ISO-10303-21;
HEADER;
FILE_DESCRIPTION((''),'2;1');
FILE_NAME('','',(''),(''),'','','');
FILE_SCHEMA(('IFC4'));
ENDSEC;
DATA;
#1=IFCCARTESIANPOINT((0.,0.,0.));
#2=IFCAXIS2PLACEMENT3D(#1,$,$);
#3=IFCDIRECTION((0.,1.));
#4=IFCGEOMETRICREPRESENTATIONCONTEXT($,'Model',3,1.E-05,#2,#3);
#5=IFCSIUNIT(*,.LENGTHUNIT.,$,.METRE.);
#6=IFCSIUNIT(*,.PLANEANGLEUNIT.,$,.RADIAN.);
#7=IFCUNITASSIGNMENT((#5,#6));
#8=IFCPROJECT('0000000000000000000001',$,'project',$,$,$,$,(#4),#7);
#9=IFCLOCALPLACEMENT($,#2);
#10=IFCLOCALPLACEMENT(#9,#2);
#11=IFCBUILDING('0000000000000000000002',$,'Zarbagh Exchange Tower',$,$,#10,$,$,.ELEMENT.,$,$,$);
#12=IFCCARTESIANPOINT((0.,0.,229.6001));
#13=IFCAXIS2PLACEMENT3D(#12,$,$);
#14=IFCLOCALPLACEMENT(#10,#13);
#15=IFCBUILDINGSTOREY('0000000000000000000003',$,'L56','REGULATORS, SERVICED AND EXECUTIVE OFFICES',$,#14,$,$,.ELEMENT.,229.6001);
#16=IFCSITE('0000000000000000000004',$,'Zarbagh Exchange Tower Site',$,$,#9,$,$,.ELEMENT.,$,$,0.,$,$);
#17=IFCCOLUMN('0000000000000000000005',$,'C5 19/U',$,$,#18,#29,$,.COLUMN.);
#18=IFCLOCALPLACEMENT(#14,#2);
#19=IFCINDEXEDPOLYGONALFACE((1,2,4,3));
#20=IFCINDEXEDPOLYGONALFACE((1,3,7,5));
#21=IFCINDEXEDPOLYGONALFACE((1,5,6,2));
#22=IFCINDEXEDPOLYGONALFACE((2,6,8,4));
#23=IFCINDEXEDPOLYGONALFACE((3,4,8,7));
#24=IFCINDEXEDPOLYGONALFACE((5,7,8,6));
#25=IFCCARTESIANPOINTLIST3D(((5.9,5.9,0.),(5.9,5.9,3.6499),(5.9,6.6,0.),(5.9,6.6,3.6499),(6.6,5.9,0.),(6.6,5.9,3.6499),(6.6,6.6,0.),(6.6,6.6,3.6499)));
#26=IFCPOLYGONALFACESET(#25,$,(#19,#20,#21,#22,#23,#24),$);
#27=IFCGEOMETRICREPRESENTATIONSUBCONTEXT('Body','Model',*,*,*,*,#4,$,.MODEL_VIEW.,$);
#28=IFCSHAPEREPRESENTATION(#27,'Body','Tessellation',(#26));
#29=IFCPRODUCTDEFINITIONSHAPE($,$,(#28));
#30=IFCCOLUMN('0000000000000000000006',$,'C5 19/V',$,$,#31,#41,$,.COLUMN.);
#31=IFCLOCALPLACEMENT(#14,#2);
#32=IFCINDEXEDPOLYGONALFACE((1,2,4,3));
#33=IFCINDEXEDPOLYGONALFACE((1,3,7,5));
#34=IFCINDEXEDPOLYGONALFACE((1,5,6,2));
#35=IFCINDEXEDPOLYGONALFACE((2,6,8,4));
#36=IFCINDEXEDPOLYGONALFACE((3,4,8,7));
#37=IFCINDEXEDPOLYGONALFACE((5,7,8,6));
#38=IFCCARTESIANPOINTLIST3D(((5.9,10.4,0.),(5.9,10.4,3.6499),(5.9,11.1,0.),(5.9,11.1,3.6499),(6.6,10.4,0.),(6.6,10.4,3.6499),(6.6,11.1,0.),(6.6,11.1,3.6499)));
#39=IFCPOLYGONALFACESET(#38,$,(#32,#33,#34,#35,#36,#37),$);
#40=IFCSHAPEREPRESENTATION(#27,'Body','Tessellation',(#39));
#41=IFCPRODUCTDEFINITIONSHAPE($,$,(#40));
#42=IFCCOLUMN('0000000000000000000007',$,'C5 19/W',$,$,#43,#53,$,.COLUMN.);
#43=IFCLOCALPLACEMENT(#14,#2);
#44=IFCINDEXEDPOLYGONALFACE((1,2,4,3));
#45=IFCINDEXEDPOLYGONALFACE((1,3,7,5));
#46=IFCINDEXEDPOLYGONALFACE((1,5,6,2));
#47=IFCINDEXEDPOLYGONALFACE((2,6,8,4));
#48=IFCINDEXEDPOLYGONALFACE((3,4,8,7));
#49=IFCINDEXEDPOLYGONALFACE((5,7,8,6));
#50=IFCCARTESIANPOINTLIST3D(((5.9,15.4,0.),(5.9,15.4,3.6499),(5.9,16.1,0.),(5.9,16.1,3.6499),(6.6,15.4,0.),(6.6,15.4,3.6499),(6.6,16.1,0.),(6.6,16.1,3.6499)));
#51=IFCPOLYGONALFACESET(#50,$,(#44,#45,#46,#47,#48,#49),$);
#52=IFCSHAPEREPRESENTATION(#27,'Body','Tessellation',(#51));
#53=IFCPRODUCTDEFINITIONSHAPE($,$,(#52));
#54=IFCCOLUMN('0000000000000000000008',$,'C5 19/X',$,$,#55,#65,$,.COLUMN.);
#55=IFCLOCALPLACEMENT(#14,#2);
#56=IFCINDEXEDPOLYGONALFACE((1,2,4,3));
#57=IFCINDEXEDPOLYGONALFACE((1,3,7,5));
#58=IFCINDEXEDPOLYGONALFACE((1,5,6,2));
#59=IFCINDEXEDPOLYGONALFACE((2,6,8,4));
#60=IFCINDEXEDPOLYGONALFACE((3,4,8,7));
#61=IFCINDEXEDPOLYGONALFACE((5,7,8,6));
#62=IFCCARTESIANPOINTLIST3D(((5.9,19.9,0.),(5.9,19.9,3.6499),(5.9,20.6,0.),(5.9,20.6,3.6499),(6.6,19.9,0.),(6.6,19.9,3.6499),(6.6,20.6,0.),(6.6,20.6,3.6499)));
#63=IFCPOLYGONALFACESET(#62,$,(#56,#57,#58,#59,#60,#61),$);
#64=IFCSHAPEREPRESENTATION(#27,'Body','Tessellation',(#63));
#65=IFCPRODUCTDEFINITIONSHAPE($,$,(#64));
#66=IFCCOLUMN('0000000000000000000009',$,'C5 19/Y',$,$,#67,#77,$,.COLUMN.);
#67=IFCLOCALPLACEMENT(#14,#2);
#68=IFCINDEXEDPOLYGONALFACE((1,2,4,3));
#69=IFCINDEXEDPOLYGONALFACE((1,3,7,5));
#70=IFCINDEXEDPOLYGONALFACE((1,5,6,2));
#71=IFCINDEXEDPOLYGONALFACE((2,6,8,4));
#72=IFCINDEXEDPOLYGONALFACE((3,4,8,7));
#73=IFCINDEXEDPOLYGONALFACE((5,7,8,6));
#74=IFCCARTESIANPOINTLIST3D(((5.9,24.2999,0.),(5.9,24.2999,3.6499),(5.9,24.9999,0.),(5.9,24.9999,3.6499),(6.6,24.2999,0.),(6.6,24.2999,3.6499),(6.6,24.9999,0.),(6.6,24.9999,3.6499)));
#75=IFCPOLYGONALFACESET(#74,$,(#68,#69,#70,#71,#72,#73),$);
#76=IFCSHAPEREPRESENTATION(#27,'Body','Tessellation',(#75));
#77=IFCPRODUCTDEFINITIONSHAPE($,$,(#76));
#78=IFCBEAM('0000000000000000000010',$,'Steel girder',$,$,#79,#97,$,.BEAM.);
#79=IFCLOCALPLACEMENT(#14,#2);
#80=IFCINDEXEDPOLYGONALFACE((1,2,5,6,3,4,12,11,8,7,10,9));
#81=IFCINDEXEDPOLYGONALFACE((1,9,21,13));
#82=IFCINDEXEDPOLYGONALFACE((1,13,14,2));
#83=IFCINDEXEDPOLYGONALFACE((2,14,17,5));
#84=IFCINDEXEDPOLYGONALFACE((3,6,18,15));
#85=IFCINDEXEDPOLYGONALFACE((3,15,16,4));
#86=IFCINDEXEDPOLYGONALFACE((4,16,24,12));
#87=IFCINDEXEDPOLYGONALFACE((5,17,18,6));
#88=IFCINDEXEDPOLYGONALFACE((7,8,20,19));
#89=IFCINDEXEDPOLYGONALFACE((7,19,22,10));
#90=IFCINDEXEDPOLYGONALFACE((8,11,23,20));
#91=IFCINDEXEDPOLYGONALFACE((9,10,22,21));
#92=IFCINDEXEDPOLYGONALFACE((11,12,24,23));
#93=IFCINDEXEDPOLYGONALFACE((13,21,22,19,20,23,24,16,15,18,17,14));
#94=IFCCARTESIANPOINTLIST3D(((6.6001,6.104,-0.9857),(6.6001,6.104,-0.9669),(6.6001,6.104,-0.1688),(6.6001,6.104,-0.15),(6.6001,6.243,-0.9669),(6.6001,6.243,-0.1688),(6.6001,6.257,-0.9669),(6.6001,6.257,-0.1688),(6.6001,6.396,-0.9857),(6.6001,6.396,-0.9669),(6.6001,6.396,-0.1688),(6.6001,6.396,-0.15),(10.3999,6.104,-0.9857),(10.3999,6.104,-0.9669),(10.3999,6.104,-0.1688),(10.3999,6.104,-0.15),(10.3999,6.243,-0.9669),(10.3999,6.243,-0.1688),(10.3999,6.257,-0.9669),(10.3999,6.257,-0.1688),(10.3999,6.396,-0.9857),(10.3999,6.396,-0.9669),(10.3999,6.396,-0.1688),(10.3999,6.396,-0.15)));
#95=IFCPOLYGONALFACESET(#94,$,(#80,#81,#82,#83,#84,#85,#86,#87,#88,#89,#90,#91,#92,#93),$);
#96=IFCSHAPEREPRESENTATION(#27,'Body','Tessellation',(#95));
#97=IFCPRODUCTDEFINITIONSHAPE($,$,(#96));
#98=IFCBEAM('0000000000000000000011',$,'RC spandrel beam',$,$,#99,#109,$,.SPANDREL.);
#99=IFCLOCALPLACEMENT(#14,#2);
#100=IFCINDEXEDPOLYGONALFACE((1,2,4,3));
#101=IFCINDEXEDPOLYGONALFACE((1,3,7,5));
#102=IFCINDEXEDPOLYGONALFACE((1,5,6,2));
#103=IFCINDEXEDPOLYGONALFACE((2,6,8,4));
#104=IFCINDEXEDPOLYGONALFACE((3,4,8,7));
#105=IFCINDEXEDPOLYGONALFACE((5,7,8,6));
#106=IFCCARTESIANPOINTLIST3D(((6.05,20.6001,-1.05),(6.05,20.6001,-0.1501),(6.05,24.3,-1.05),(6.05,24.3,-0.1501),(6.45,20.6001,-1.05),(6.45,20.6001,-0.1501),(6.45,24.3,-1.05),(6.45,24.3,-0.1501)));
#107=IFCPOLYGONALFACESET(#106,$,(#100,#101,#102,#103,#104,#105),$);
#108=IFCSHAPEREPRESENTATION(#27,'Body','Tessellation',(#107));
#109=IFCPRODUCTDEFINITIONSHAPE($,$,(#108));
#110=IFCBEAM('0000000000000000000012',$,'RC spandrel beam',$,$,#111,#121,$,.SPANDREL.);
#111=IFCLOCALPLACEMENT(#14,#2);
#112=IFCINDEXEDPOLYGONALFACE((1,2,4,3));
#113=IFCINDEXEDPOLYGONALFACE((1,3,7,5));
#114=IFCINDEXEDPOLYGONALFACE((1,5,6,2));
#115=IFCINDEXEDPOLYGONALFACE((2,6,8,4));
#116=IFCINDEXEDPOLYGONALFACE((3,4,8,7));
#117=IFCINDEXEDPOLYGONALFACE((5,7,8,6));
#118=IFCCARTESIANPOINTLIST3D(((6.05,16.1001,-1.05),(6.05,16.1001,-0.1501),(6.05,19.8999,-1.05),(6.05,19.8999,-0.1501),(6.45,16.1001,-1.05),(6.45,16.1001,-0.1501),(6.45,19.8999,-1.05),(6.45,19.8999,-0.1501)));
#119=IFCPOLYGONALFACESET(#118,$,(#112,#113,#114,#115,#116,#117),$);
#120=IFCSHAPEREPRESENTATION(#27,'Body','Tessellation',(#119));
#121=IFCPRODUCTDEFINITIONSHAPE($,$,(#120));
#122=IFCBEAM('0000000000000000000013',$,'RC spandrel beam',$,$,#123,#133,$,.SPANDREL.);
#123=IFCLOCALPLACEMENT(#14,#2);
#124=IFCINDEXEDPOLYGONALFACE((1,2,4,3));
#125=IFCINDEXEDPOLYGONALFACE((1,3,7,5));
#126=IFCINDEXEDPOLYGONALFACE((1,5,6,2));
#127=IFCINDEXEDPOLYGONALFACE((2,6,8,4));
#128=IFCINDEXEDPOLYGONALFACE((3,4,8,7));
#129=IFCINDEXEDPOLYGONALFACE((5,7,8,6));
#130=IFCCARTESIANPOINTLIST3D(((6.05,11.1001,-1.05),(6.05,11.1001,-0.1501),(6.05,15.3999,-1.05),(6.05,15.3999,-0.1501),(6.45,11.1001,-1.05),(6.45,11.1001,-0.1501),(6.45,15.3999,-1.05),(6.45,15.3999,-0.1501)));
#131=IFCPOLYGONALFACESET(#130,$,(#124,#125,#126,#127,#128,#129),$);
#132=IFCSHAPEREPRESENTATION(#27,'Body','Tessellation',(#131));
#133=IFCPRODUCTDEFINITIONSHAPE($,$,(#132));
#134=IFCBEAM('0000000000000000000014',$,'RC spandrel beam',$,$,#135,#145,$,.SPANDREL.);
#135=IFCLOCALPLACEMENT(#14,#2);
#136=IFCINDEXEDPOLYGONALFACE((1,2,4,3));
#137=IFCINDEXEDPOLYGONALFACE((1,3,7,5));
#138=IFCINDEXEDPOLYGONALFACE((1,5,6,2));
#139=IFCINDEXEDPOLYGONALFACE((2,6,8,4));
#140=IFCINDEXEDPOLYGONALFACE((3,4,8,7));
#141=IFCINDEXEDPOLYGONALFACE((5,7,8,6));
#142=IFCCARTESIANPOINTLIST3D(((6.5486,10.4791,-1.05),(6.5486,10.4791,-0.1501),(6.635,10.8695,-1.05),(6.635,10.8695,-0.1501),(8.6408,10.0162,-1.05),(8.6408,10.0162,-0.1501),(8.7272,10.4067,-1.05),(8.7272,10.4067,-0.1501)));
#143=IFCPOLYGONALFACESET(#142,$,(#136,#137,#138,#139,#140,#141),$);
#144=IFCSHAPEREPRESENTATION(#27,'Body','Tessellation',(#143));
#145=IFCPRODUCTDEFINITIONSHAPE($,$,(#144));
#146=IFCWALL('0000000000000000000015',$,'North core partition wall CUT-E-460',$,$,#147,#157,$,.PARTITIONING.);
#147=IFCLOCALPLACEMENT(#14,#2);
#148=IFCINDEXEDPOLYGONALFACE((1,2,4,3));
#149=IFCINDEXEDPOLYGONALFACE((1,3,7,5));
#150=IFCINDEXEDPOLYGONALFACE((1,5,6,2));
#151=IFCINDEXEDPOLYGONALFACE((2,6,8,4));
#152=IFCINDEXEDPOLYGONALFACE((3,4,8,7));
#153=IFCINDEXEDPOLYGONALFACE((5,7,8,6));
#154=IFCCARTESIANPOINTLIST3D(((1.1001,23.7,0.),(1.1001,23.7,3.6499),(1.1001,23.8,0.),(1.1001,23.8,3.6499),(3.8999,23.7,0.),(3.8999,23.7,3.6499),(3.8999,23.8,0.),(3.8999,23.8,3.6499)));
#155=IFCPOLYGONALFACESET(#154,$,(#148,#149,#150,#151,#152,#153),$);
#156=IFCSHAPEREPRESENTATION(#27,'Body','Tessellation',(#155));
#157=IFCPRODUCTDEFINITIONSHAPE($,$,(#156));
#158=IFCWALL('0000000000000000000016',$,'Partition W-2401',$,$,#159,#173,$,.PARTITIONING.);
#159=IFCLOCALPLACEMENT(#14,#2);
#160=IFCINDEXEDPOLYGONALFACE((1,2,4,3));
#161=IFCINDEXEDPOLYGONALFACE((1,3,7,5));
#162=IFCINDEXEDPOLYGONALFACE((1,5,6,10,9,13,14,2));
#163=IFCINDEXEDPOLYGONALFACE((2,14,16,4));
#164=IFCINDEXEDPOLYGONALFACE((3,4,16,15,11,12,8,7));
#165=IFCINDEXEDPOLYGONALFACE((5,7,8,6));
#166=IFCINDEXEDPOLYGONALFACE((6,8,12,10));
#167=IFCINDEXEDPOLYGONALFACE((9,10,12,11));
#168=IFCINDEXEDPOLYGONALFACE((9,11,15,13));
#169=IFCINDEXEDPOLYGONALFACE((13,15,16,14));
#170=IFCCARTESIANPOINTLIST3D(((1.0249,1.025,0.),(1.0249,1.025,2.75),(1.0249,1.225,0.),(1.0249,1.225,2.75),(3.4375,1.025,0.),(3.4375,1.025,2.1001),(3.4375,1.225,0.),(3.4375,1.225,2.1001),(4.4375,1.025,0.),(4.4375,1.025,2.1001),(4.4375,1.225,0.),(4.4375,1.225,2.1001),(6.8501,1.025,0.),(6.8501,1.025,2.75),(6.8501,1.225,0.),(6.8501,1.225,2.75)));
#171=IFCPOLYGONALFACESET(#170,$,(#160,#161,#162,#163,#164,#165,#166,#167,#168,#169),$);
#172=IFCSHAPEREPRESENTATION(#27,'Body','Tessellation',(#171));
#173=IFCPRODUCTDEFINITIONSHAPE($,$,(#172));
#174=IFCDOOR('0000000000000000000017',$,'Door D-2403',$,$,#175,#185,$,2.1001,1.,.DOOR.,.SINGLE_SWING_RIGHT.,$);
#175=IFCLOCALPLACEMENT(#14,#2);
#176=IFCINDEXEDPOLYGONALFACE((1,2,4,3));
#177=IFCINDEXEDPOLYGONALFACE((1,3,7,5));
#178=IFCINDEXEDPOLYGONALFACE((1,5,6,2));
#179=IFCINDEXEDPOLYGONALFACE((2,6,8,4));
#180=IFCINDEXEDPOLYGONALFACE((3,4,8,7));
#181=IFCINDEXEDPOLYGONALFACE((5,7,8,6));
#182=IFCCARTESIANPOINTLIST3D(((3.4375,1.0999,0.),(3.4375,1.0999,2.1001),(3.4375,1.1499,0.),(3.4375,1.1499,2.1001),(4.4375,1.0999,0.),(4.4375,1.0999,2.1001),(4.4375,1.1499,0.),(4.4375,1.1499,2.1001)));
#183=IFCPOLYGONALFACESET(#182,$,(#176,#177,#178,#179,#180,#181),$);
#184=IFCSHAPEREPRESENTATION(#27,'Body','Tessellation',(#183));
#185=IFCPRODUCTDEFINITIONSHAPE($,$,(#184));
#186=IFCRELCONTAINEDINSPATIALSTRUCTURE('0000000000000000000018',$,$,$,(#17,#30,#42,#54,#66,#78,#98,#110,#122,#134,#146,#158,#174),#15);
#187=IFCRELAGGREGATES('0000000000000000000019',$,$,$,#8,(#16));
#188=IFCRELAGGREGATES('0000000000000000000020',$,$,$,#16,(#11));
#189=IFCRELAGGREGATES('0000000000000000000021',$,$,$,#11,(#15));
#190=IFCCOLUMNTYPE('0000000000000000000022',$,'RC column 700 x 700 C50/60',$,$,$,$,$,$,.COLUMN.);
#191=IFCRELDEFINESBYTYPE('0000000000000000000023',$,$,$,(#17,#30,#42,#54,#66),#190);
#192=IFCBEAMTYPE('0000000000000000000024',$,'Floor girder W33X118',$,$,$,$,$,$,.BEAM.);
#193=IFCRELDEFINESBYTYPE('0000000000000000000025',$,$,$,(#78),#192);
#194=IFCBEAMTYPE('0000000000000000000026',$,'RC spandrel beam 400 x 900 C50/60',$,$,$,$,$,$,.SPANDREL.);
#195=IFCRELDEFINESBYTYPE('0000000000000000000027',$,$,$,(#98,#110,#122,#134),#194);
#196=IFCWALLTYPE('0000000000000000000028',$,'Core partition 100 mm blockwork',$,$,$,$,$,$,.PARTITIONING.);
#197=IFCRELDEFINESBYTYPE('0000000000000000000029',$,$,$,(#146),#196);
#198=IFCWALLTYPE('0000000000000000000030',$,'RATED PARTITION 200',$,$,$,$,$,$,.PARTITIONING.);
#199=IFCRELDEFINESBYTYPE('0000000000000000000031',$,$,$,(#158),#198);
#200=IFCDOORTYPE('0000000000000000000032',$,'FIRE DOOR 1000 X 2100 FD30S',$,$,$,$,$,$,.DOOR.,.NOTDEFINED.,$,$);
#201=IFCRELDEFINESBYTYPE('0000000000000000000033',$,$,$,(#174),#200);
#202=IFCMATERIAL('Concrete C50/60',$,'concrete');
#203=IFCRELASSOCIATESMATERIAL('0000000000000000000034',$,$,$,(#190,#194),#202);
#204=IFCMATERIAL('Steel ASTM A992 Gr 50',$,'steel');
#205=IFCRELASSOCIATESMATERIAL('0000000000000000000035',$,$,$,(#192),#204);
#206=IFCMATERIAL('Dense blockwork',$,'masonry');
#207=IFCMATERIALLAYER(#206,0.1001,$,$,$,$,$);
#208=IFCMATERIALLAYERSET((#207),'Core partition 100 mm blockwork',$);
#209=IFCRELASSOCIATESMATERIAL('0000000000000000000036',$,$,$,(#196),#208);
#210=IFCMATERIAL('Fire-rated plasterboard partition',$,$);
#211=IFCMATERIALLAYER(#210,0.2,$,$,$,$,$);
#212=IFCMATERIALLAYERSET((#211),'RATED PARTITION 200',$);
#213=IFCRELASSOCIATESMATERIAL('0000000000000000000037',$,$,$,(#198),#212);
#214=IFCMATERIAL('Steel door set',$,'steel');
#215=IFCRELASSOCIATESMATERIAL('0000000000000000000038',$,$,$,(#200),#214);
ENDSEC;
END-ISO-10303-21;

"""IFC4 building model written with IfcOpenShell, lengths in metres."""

from ifc_helpers import new_model, si_unit, direction, frame, frame_2d, origin, origin_2d, place, context, subcontext, project, spatial, rectangle, i_section, extrude, material, layer, layer_set, material_profile, profile_set, type_object, element, fill, save


model = new_model("IFC4")

# Units and contexts
model_context = context("Model", 3, precision=1e-05, world=origin(), true_north=direction((0.0, 1.0)))
body_context = subcontext(model_context, "Body", "Model", "MODEL_VIEW")
ifc_project = project(units=[si_unit("LENGTHUNIT", "METRE"), si_unit("PLANEANGLEUNIT", "RADIAN")], contexts=[model_context])

# Site, building, storey
site_placement = place(None, origin())
site = spatial("IfcSite", under=ifc_project, at=site_placement, Name="Zarbagh Exchange Tower Site", CompositionType="ELEMENT", RefElevation=0.0)
building_placement = place(site_placement, origin())
building = spatial("IfcBuilding", under=site, at=building_placement, Name="Zarbagh Exchange Tower", CompositionType="ELEMENT")
storey_placement = place(building_placement, frame((0.0, 0.0, 229.6001)))
storey = spatial("IfcBuildingStorey", under=building, at=storey_placement, Name="L56", Description="REGULATORS, SERVICED AND EXECUTIVE OFFICES", CompositionType="ELEMENT", Elevation=229.6001)

# Columns
ifc_material_1 = material(Name="Concrete C50/60", Category="concrete")
ifc_material_profile_1 = material_profile(ifc_material_1, rectangle(XDim=0.7, YDim=0.7, at=origin_2d()), Name="RC column 700 x 700 C50/60")
ifc_profile_set_1 = profile_set([ifc_material_profile_1], Name="Concrete C50/60")
column_type = type_object("IfcColumnType", Name="RC column 700 x 700 C50/60", PredefinedType="COLUMN", material=ifc_profile_set_1)
for number, where, z_axis, x_axis, name in (
    (1, (6.25, 6.25, 0.0), (0.0, 0.0, 1.0), (1.0, 0.0, 0.0), "C5 19/U"),
    (2, (6.25, 10.75, 0.0), (0.0, 0.0, 1.0), (1.0, 0.0, 0.0), "C5 19/V"),
    (3, (6.25, 15.75, 0.0), (0.0, 0.0, 1.0), (1.0, 0.0, 0.0), "C5 19/W"),
    (4, (6.25, 20.25, 0.0), (0.0, 0.0, 1.0), (1.0, 0.0, 0.0), "C5 19/X"),
    (5, (6.25, 24.6499, 0.0), (0.0, 0.0, 1.0), (1.0, 0.0, 0.0), "C5 19/Y"),
):
    element("IfcColumn", number, at=place(storey_placement, frame(where, z_axis=z_axis, x_axis=x_axis)), inside=storey, type_object=column_type, Name=name, PredefinedType="COLUMN", context=body_context, shape_type="SweptSolid", body=[
        extrude(rectangle(XDim=0.7, YDim=0.7, at=origin_2d()), origin(), (0.0, 0.0, 1.0), 3.6499),
    ])

# Beams
ifc_material_2 = material(Name="Steel ASTM A992 Gr 50", Category="steel")
ifc_material_profile_2 = material_profile(ifc_material_2, i_section(OverallWidth=0.292, OverallDepth=0.8357, WebThickness=0.0139, FlangeThickness=0.0188, at=origin_2d()), Name="W33X118")
ifc_profile_set_2 = profile_set([ifc_material_profile_2], Name="Steel ASTM A992 Gr 50")
beam_type_1 = type_object("IfcBeamType", Name="Floor girder W33X118", PredefinedType="BEAM", material=ifc_profile_set_2)
beam_1_placement = place(storey_placement, frame((6.6001, 6.25, -0.5679), z_axis=(1.0, 0.0, 0.0), x_axis=(0.0, 1.0, 0.0)))
element("IfcBeam", 6, at=beam_1_placement, inside=storey, type_object=beam_type_1, Name="Steel girder", PredefinedType="BEAM", context=body_context, shape_type="SweptSolid", body=[
    extrude(i_section(OverallWidth=0.292, OverallDepth=0.8357, WebThickness=0.0139, FlangeThickness=0.0188, at=origin_2d()), origin(), (0.0, 0.0, 1.0), 3.7998),
])
ifc_material_profile_3 = material_profile(ifc_material_1, rectangle(XDim=0.3999, YDim=0.8999, at=origin_2d()), Name="RC spandrel beam 400 x 900 C50/60")
ifc_profile_set_3 = profile_set([ifc_material_profile_3], Name="Concrete C50/60")
beam_type_2 = type_object("IfcBeamType", Name="RC spandrel beam 400 x 900 C50/60", PredefinedType="SPANDREL", material=ifc_profile_set_3)
beam_2_placement = place(storey_placement, frame((6.25, 24.3, -0.6001), z_axis=(0.0, -1.0, 0.0), x_axis=(1.0, 0.0, 0.0)))
element("IfcBeam", 7, at=beam_2_placement, inside=storey, type_object=beam_type_2, Name="RC spandrel beam", PredefinedType="SPANDREL", context=body_context, shape_type="SweptSolid", body=[
    extrude(rectangle(XDim=0.3999, YDim=0.8999, at=origin_2d()), origin(), (0.0, 0.0, 1.0), 3.7),
])
beam_3_placement = place(storey_placement, frame((6.25, 19.8999, -0.6001), z_axis=(0.0, -1.0, 0.0), x_axis=(1.0, 0.0, 0.0)))
element("IfcBeam", 8, at=beam_3_placement, inside=storey, type_object=beam_type_2, Name="RC spandrel beam", PredefinedType="SPANDREL", context=body_context, shape_type="SweptSolid", body=[
    extrude(rectangle(XDim=0.3999, YDim=0.8999, at=origin_2d()), origin(), (0.0, 0.0, 1.0), 3.7998),
])
beam_4_placement = place(storey_placement, frame((6.25, 15.3999, -0.6001), z_axis=(0.0, -1.0, 0.0), x_axis=(1.0, 0.0, 0.0)))
element("IfcBeam", 9, at=beam_4_placement, inside=storey, type_object=beam_type_2, Name="RC spandrel beam", PredefinedType="SPANDREL", context=body_context, shape_type="SweptSolid", body=[
    extrude(rectangle(XDim=0.3999, YDim=0.8999, at=origin_2d()), origin(), (0.0, 0.0, 1.0), 4.2998),
])
beam_5_placement = place(storey_placement, frame((6.5918, 10.6743, -0.6001), z_axis=(0.97639, -0.216014, 0.0), x_axis=(0.216014, 0.97639, 0.0)))
element("IfcBeam", 10, at=beam_5_placement, inside=storey, type_object=beam_type_2, Name="RC spandrel beam", PredefinedType="SPANDREL", context=body_context, shape_type="SweptSolid", body=[
    extrude(rectangle(XDim=0.3999, YDim=0.8999, at=origin_2d()), origin(), (0.0, 0.0, 1.0), 2.1428),
])

# Wall
ifc_material_3 = material(Name="Dense blockwork", Category="masonry")
ifc_layer_1 = layer(ifc_material_3, 0.1001)
ifc_layer_set_1 = layer_set([ifc_layer_1], Name="Core partition 100 mm blockwork")
wall_type_1 = type_object("IfcWallType", Name="Core partition 100 mm blockwork", PredefinedType="PARTITIONING", material=ifc_layer_set_1)
wall_1_placement = place(storey_placement, frame((1.1001, 23.75, 0.0), z_axis=(0.0, 0.0, 1.0), x_axis=(1.0, 0.0, 0.0)))
element("IfcWall", 11, at=wall_1_placement, inside=storey, type_object=wall_type_1, Name="North core partition wall CUT-E-460", PredefinedType="PARTITIONING", context=body_context, shape_type="SweptSolid", body=[
    extrude(rectangle(XDim=2.7998, YDim=0.1001, at=frame_2d((1.3999, 0.0))), origin(), (0.0, 0.0, 1.0), 3.6499),
])

# Wall, opening, door
ifc_material_4 = material(Name="Fire-rated plasterboard partition")
ifc_layer_2 = layer(ifc_material_4, 0.2)
ifc_layer_set_2 = layer_set([ifc_layer_2], Name="RATED PARTITION 200")
wall_type_2 = type_object("IfcWallType", Name="RATED PARTITION 200", PredefinedType="PARTITIONING", material=ifc_layer_set_2)
wall_2_placement = place(storey_placement, frame((1.0249, 1.125, 0.0), z_axis=(0.0, 0.0, 1.0), x_axis=(1.0, 0.0, 0.0)))
wall_2 = element("IfcWall", 12, at=wall_2_placement, inside=storey, type_object=wall_type_2, Name="Partition W-2401", PredefinedType="PARTITIONING", context=body_context, shape_type="SweptSolid", body=[
    extrude(rectangle(XDim=5.8252, YDim=0.2, at=frame_2d((2.9126, 0.0))), origin(), (0.0, 0.0, 1.0), 2.75),
])
opening_1_placement = place(wall_2_placement, frame((2.4126, 0.0, 0.0)))
opening_1 = element("IfcOpeningElement", 13, at=opening_1_placement, cuts=wall_2, PredefinedType="OPENING", context=body_context, shape_type="SweptSolid", body=[
    extrude(rectangle(XDim=1.0, YDim=2.1001, at=frame_2d((0.5, 1.05))), frame((0.0, 0.1099, 0.0), z_axis=(0.0, -1.0, 0.0), x_axis=(1.0, 0.0, 0.0)), (0.0, 0.0, 1.0), 0.22),
])
ifc_material_5 = material(Name="Steel door set", Category="steel")
door_type_1 = type_object("IfcDoorType", Name="FIRE DOOR 1000 X 2100 FD30S", OperationType="NOTDEFINED", PredefinedType="DOOR", material=ifc_material_5)
door_1_placement = place(opening_1_placement, origin())
door_1 = element("IfcDoor", 14, at=door_1_placement, inside=storey, type_object=door_type_1, Name="Door D-2403", OperationType="SINGLE_SWING_RIGHT", OverallHeight=2.1001, OverallWidth=1.0, PredefinedType="DOOR", context=body_context, shape_type="SweptSolid", body=[
    extrude(rectangle(XDim=1.0, YDim=2.1001, at=frame_2d((0.5, 1.05))), frame((0.0, 0.0249, 0.0), z_axis=(0.0, -1.0, 0.0), x_axis=(1.0, 0.0, 0.0)), (0.0, 0.0, 1.0), 0.05),
])
fill(opening_1, door_1)

save(model, "model.ifc")
